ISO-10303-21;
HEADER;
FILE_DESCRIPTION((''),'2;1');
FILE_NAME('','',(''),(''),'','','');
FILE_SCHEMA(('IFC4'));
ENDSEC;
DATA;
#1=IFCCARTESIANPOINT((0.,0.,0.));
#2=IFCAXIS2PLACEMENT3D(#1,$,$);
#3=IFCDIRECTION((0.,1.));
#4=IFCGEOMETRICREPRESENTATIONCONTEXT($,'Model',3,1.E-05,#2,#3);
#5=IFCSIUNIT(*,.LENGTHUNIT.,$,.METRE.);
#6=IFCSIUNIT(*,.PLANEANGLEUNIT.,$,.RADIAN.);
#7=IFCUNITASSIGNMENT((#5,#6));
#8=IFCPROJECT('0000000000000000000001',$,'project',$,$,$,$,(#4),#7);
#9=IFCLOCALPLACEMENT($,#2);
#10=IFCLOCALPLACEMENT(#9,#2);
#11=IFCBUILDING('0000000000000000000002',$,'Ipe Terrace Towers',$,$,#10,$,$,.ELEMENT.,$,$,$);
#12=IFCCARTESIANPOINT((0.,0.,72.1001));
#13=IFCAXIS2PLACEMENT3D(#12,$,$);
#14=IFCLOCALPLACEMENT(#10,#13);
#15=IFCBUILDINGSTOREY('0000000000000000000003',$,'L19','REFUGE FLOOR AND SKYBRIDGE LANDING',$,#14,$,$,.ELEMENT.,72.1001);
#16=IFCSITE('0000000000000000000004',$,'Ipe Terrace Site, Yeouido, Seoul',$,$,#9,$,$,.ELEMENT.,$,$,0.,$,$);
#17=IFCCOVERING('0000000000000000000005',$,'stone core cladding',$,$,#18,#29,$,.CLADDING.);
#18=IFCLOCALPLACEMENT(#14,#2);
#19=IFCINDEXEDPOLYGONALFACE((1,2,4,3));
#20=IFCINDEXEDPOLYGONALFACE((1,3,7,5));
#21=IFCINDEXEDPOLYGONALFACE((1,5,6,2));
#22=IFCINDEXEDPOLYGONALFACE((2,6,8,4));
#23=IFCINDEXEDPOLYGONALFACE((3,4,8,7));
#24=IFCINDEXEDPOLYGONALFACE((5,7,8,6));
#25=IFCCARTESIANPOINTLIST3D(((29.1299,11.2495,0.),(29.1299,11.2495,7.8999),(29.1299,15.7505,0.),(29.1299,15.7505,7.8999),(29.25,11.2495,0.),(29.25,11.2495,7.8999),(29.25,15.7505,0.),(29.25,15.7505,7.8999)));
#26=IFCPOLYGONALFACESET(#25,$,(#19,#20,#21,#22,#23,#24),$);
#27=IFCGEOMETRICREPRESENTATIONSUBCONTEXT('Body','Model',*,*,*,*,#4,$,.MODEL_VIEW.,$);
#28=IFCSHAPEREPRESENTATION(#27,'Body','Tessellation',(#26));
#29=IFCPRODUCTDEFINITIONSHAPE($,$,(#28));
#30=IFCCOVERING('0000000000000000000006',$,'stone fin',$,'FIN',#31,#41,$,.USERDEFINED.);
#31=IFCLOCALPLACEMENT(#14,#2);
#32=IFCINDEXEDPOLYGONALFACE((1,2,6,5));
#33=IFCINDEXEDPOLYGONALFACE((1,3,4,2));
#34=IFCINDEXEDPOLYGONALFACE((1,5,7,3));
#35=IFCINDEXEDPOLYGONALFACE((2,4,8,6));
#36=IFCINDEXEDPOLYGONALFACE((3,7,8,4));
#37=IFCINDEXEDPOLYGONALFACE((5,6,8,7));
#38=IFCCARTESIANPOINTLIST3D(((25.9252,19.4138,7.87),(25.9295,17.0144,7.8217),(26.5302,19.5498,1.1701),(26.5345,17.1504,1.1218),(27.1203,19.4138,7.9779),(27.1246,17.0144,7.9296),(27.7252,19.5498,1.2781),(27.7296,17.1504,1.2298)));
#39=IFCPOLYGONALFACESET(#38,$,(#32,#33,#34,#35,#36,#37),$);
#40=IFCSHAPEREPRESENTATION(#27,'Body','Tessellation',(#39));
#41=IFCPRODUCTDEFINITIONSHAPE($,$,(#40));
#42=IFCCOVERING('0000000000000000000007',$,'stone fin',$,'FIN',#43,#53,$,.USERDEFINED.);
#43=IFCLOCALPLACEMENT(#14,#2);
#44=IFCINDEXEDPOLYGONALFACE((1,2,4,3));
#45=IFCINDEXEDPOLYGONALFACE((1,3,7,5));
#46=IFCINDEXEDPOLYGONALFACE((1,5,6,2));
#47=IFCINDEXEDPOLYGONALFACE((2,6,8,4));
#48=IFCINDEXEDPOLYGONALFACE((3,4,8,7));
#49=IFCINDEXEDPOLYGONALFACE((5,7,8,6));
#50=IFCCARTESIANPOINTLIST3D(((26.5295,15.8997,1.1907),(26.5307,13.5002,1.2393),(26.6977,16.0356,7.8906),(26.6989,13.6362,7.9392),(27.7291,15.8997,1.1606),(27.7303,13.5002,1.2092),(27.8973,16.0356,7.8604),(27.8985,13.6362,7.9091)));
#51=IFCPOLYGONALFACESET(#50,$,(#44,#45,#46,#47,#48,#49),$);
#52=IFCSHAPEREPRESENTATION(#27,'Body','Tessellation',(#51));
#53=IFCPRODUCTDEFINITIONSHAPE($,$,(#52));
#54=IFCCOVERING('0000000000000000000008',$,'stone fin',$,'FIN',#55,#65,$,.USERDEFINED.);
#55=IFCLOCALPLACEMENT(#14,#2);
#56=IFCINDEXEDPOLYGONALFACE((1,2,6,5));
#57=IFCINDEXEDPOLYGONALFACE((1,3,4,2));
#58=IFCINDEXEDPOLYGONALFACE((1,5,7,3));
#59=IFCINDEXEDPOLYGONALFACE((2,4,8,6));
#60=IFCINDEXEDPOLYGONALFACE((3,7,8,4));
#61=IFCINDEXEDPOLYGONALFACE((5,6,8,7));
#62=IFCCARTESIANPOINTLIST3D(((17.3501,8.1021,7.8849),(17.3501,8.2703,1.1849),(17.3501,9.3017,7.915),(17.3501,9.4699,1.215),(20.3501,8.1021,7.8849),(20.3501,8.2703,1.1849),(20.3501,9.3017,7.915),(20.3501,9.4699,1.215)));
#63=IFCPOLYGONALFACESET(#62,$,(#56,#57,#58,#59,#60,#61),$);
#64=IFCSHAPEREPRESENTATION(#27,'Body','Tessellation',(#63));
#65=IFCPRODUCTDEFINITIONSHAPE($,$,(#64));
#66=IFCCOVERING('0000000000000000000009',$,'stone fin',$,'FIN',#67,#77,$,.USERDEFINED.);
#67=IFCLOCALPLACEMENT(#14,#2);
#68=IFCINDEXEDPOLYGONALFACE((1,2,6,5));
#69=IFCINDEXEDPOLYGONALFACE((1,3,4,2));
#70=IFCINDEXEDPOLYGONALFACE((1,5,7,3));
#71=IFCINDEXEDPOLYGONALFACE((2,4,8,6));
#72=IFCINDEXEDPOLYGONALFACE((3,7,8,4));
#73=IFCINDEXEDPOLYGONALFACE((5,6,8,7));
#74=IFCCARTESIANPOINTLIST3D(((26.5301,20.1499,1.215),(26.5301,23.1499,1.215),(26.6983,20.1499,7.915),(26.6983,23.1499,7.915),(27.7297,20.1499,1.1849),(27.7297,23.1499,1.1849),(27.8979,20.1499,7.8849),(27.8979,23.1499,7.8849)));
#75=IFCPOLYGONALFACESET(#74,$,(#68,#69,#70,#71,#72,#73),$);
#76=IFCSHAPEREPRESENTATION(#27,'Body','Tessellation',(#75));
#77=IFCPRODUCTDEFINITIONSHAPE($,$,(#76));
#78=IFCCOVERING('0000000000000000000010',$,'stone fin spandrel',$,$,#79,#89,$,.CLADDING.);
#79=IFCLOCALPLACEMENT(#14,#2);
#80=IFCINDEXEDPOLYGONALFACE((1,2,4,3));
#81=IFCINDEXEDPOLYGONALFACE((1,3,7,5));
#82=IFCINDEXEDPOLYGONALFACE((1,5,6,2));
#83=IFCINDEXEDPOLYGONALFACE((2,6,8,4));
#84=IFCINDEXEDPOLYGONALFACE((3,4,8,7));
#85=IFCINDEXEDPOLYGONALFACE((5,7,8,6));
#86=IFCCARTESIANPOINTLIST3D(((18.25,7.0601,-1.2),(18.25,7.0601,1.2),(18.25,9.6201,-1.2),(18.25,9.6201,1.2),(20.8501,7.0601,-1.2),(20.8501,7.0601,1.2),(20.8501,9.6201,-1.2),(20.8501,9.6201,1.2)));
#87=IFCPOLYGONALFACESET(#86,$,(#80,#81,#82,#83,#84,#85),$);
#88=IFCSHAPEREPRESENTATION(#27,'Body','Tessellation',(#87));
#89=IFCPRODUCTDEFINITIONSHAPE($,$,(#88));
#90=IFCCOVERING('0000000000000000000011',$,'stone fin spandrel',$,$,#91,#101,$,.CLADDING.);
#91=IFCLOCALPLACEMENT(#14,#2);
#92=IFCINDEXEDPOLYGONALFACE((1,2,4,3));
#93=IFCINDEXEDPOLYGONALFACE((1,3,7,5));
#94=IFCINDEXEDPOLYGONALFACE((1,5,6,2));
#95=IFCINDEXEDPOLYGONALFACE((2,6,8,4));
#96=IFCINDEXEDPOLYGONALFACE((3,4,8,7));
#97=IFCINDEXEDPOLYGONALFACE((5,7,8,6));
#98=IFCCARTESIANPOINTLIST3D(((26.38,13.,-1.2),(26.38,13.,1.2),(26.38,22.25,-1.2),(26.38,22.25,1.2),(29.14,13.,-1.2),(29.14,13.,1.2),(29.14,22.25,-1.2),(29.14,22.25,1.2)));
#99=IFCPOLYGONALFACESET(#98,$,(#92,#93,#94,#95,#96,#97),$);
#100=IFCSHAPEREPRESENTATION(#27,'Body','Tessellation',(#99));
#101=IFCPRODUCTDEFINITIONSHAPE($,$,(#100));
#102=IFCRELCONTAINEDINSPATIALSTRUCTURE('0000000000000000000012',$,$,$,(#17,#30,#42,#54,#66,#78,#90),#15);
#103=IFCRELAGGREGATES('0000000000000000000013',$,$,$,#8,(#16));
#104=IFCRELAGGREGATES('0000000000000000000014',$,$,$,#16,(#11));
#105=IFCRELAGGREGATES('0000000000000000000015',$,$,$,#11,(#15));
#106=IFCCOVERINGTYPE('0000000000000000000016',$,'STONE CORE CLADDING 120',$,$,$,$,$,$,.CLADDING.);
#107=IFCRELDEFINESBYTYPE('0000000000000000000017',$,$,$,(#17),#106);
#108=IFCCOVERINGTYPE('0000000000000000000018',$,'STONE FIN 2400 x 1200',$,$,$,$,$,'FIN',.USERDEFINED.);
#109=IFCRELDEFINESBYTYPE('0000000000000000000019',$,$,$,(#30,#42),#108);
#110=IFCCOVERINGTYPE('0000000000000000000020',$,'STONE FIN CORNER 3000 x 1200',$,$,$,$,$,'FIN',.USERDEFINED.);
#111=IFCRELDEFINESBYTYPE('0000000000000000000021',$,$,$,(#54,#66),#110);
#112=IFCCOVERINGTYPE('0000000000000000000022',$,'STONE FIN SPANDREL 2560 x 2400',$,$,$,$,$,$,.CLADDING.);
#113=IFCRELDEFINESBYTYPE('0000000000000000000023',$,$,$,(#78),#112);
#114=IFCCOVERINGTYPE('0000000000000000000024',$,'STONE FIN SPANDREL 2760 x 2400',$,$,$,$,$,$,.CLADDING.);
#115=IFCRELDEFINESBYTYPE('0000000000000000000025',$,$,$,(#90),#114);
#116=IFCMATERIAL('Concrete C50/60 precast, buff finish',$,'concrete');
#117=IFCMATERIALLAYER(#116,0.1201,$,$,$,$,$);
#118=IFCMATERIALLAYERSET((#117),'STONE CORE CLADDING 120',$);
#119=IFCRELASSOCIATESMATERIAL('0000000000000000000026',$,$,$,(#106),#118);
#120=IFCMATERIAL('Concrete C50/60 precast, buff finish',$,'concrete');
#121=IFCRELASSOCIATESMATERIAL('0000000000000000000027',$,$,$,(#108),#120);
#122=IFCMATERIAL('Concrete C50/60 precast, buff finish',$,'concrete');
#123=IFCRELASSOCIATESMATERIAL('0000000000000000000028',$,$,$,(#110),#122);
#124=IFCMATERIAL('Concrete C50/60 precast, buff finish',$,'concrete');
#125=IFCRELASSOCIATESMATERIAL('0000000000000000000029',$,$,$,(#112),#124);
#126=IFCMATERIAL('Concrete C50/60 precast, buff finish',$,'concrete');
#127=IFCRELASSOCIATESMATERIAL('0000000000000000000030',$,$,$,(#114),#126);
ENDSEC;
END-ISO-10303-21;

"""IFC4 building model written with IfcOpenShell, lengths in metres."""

from ifc_helpers import new_model, si_unit, direction, frame, origin, origin_2d, place, context, subcontext, project, spatial, rectangle, extrude, material, layer, layer_set, material_profile, profile_set, type_object, element, save


model = new_model("IFC4")

# Units and contexts
model_context = context("Model", 3, precision=1e-05, world=origin(), true_north=direction((0.0, 1.0)))
body_context = subcontext(model_context, "Body", "Model", "MODEL_VIEW")
ifc_project = project(units=[si_unit("LENGTHUNIT", "METRE"), si_unit("PLANEANGLEUNIT", "RADIAN")], contexts=[model_context])

# Site, building, storey
site_placement = place(None, origin())
site = spatial("IfcSite", under=ifc_project, at=site_placement, Name="Ipe Terrace Site, Yeouido, Seoul", CompositionType="ELEMENT", RefElevation=0.0)
building_placement = place(site_placement, origin())
building = spatial("IfcBuilding", under=site, at=building_placement, Name="Ipe Terrace Towers", CompositionType="ELEMENT")
storey_placement = place(building_placement, frame((0.0, 0.0, 72.1001)))
storey = spatial("IfcBuildingStorey", under=building, at=storey_placement, Name="L19", Description="REFUGE FLOOR AND SKYBRIDGE LANDING", CompositionType="ELEMENT", Elevation=72.1001)

# Coverings
ifc_material_1 = material(Name="Concrete C50/60 precast, buff finish", Category="concrete")
ifc_layer_1 = layer(ifc_material_1, 0.1201)
ifc_layer_set_1 = layer_set([ifc_layer_1], Name="STONE CORE CLADDING 120")
covering_type_1 = type_object("IfcCoveringType", Name="STONE CORE CLADDING 120", PredefinedType="CLADDING", material=ifc_layer_set_1)
covering_1_placement = place(storey_placement, frame((29.1899, 13.5, 0.0), z_axis=(0.0, 0.0, 1.0), x_axis=(0.0, -1.0, 0.0)))
element("IfcCovering", 1, at=covering_1_placement, inside=storey, type_object=covering_type_1, Name="stone core cladding", PredefinedType="CLADDING", context=body_context, shape_type="SweptSolid", body=[
    extrude(rectangle(XDim=4.501, YDim=0.1201, at=origin_2d()), origin(), (0.0, 0.0, 1.0), 7.8999),
])
ifc_material_2 = material(Name="Concrete C50/60 precast, buff finish", Category="concrete")
ifc_material_profile_1 = material_profile(ifc_material_2, rectangle(XDim=2.3999, YDim=1.2, at=origin_2d()), Name="STONE FIN 2400 x 1200")
ifc_profile_set_1 = profile_set([ifc_material_profile_1], Name="Concrete C50/60 precast, buff finish")
covering_type_2 = type_object("IfcCoveringType", Name="STONE FIN 2400 x 1200", ElementType="FIN", PredefinedType="USERDEFINED", material=ifc_profile_set_1)
covering_2_placement = place(storey_placement, frame((27.1299, 18.3501, 1.2), z_axis=(-0.089912, -0.02021, 0.995745), x_axis=(0.001818, -0.999796, -0.020128)))
element("IfcCovering", 2, at=covering_2_placement, inside=storey, type_object=covering_type_2, Name="stone fin", ObjectType="FIN", PredefinedType="USERDEFINED", context=body_context, shape_type="SweptSolid", body=[
    extrude(rectangle(XDim=2.3999, YDim=1.2, at=origin_2d()), origin(), (0.0, 0.0, 1.0), 6.7285),
])
covering_3_placement = place(storey_placement, frame((27.1299, 14.7, 1.2), z_axis=(0.025094, 0.020286, 0.999479), x_axis=(0.000509, -0.999794, 0.02028)))
element("IfcCovering", 3, at=covering_3_placement, inside=storey, type_object=covering_type_2, Name="stone fin", ObjectType="FIN", PredefinedType="USERDEFINED", context=body_context, shape_type="SweptSolid", body=[
    extrude(rectangle(XDim=2.3999, YDim=1.2, at=origin_2d()), origin(), (0.0, 0.0, 1.0), 6.7034),
])
ifc_material_3 = material(Name="Concrete C50/60 precast, buff finish", Category="concrete")
ifc_material_profile_2 = material_profile(ifc_material_3, rectangle(XDim=3.0, YDim=1.2, at=origin_2d()), Name="STONE FIN CORNER 3000 x 1200")
ifc_profile_set_2 = profile_set([ifc_material_profile_2], Name="Concrete C50/60 precast, buff finish")
covering_type_3 = type_object("IfcCoveringType", Name="STONE FIN CORNER 3000 x 1200", ElementType="FIN", PredefinedType="USERDEFINED", material=ifc_profile_set_2)
for number, where, z_axis, x_axis, name in (
    (4, (18.8501, 8.8701, 1.2), (0.0, -0.025099, 0.999685), (-1.0, 0.0, 0.0), "stone fin"),
    (5, (27.1299, 21.6499, 1.2), (0.025099, 0.0, 0.999685), (0.0, -1.0, 0.0), "stone fin"),
):
    element("IfcCovering", number, at=place(storey_placement, frame(where, z_axis=z_axis, x_axis=x_axis)), inside=storey, type_object=covering_type_3, Name=name, ObjectType="FIN", PredefinedType="USERDEFINED", context=body_context, shape_type="SweptSolid", body=[
        extrude(rectangle(XDim=3.0, YDim=1.2, at=origin_2d()), origin(), (0.0, 0.0, 1.0), 6.7021),
    ])
ifc_material_4 = material(Name="Concrete C50/60 precast, buff finish", Category="concrete")
ifc_material_profile_3 = material_profile(ifc_material_4, rectangle(XDim=2.5601, YDim=2.3999, at=origin_2d()), Name="STONE FIN SPANDREL 2560 x 2400")
ifc_profile_set_3 = profile_set([ifc_material_profile_3], Name="Concrete C50/60 precast, buff finish")
covering_type_4 = type_object("IfcCoveringType", Name="STONE FIN SPANDREL 2560 x 2400", PredefinedType="CLADDING", material=ifc_profile_set_3)
covering_4_placement = place(storey_placement, frame((20.8501, 8.3401, 0.0), z_axis=(-1.0, 0.0, 0.0), x_axis=(0.0, 1.0, 0.0)))
element("IfcCovering", 6, at=covering_4_placement, inside=storey, type_object=covering_type_4, Name="stone fin spandrel", PredefinedType="CLADDING", context=body_context, shape_type="SweptSolid", body=[
    extrude(rectangle(XDim=2.5601, YDim=2.3999, at=origin_2d()), origin(), (0.0, 0.0, 1.0), 2.6001),
])
ifc_material_5 = material(Name="Concrete C50/60 precast, buff finish", Category="concrete")
ifc_material_profile_4 = material_profile(ifc_material_5, rectangle(XDim=2.76, YDim=2.3999, at=origin_2d()), Name="STONE FIN SPANDREL 2760 x 2400")
ifc_profile_set_4 = profile_set([ifc_material_profile_4], Name="Concrete C50/60 precast, buff finish")
covering_type_5 = type_object("IfcCoveringType", Name="STONE FIN SPANDREL 2760 x 2400", PredefinedType="CLADDING", material=ifc_profile_set_4)
covering_5_placement = place(storey_placement, frame((27.76, 22.25, 0.0), z_axis=(0.0, -1.0, 0.0), x_axis=(-1.0, 0.0, 0.0)))
element("IfcCovering", 7, at=covering_5_placement, inside=storey, type_object=covering_type_5, Name="stone fin spandrel", PredefinedType="CLADDING", context=body_context, shape_type="SweptSolid", body=[
    extrude(rectangle(XDim=2.76, YDim=2.3999, at=origin_2d()), origin(), (0.0, 0.0, 1.0), 9.25),
])

save(model, "model.ifc")
